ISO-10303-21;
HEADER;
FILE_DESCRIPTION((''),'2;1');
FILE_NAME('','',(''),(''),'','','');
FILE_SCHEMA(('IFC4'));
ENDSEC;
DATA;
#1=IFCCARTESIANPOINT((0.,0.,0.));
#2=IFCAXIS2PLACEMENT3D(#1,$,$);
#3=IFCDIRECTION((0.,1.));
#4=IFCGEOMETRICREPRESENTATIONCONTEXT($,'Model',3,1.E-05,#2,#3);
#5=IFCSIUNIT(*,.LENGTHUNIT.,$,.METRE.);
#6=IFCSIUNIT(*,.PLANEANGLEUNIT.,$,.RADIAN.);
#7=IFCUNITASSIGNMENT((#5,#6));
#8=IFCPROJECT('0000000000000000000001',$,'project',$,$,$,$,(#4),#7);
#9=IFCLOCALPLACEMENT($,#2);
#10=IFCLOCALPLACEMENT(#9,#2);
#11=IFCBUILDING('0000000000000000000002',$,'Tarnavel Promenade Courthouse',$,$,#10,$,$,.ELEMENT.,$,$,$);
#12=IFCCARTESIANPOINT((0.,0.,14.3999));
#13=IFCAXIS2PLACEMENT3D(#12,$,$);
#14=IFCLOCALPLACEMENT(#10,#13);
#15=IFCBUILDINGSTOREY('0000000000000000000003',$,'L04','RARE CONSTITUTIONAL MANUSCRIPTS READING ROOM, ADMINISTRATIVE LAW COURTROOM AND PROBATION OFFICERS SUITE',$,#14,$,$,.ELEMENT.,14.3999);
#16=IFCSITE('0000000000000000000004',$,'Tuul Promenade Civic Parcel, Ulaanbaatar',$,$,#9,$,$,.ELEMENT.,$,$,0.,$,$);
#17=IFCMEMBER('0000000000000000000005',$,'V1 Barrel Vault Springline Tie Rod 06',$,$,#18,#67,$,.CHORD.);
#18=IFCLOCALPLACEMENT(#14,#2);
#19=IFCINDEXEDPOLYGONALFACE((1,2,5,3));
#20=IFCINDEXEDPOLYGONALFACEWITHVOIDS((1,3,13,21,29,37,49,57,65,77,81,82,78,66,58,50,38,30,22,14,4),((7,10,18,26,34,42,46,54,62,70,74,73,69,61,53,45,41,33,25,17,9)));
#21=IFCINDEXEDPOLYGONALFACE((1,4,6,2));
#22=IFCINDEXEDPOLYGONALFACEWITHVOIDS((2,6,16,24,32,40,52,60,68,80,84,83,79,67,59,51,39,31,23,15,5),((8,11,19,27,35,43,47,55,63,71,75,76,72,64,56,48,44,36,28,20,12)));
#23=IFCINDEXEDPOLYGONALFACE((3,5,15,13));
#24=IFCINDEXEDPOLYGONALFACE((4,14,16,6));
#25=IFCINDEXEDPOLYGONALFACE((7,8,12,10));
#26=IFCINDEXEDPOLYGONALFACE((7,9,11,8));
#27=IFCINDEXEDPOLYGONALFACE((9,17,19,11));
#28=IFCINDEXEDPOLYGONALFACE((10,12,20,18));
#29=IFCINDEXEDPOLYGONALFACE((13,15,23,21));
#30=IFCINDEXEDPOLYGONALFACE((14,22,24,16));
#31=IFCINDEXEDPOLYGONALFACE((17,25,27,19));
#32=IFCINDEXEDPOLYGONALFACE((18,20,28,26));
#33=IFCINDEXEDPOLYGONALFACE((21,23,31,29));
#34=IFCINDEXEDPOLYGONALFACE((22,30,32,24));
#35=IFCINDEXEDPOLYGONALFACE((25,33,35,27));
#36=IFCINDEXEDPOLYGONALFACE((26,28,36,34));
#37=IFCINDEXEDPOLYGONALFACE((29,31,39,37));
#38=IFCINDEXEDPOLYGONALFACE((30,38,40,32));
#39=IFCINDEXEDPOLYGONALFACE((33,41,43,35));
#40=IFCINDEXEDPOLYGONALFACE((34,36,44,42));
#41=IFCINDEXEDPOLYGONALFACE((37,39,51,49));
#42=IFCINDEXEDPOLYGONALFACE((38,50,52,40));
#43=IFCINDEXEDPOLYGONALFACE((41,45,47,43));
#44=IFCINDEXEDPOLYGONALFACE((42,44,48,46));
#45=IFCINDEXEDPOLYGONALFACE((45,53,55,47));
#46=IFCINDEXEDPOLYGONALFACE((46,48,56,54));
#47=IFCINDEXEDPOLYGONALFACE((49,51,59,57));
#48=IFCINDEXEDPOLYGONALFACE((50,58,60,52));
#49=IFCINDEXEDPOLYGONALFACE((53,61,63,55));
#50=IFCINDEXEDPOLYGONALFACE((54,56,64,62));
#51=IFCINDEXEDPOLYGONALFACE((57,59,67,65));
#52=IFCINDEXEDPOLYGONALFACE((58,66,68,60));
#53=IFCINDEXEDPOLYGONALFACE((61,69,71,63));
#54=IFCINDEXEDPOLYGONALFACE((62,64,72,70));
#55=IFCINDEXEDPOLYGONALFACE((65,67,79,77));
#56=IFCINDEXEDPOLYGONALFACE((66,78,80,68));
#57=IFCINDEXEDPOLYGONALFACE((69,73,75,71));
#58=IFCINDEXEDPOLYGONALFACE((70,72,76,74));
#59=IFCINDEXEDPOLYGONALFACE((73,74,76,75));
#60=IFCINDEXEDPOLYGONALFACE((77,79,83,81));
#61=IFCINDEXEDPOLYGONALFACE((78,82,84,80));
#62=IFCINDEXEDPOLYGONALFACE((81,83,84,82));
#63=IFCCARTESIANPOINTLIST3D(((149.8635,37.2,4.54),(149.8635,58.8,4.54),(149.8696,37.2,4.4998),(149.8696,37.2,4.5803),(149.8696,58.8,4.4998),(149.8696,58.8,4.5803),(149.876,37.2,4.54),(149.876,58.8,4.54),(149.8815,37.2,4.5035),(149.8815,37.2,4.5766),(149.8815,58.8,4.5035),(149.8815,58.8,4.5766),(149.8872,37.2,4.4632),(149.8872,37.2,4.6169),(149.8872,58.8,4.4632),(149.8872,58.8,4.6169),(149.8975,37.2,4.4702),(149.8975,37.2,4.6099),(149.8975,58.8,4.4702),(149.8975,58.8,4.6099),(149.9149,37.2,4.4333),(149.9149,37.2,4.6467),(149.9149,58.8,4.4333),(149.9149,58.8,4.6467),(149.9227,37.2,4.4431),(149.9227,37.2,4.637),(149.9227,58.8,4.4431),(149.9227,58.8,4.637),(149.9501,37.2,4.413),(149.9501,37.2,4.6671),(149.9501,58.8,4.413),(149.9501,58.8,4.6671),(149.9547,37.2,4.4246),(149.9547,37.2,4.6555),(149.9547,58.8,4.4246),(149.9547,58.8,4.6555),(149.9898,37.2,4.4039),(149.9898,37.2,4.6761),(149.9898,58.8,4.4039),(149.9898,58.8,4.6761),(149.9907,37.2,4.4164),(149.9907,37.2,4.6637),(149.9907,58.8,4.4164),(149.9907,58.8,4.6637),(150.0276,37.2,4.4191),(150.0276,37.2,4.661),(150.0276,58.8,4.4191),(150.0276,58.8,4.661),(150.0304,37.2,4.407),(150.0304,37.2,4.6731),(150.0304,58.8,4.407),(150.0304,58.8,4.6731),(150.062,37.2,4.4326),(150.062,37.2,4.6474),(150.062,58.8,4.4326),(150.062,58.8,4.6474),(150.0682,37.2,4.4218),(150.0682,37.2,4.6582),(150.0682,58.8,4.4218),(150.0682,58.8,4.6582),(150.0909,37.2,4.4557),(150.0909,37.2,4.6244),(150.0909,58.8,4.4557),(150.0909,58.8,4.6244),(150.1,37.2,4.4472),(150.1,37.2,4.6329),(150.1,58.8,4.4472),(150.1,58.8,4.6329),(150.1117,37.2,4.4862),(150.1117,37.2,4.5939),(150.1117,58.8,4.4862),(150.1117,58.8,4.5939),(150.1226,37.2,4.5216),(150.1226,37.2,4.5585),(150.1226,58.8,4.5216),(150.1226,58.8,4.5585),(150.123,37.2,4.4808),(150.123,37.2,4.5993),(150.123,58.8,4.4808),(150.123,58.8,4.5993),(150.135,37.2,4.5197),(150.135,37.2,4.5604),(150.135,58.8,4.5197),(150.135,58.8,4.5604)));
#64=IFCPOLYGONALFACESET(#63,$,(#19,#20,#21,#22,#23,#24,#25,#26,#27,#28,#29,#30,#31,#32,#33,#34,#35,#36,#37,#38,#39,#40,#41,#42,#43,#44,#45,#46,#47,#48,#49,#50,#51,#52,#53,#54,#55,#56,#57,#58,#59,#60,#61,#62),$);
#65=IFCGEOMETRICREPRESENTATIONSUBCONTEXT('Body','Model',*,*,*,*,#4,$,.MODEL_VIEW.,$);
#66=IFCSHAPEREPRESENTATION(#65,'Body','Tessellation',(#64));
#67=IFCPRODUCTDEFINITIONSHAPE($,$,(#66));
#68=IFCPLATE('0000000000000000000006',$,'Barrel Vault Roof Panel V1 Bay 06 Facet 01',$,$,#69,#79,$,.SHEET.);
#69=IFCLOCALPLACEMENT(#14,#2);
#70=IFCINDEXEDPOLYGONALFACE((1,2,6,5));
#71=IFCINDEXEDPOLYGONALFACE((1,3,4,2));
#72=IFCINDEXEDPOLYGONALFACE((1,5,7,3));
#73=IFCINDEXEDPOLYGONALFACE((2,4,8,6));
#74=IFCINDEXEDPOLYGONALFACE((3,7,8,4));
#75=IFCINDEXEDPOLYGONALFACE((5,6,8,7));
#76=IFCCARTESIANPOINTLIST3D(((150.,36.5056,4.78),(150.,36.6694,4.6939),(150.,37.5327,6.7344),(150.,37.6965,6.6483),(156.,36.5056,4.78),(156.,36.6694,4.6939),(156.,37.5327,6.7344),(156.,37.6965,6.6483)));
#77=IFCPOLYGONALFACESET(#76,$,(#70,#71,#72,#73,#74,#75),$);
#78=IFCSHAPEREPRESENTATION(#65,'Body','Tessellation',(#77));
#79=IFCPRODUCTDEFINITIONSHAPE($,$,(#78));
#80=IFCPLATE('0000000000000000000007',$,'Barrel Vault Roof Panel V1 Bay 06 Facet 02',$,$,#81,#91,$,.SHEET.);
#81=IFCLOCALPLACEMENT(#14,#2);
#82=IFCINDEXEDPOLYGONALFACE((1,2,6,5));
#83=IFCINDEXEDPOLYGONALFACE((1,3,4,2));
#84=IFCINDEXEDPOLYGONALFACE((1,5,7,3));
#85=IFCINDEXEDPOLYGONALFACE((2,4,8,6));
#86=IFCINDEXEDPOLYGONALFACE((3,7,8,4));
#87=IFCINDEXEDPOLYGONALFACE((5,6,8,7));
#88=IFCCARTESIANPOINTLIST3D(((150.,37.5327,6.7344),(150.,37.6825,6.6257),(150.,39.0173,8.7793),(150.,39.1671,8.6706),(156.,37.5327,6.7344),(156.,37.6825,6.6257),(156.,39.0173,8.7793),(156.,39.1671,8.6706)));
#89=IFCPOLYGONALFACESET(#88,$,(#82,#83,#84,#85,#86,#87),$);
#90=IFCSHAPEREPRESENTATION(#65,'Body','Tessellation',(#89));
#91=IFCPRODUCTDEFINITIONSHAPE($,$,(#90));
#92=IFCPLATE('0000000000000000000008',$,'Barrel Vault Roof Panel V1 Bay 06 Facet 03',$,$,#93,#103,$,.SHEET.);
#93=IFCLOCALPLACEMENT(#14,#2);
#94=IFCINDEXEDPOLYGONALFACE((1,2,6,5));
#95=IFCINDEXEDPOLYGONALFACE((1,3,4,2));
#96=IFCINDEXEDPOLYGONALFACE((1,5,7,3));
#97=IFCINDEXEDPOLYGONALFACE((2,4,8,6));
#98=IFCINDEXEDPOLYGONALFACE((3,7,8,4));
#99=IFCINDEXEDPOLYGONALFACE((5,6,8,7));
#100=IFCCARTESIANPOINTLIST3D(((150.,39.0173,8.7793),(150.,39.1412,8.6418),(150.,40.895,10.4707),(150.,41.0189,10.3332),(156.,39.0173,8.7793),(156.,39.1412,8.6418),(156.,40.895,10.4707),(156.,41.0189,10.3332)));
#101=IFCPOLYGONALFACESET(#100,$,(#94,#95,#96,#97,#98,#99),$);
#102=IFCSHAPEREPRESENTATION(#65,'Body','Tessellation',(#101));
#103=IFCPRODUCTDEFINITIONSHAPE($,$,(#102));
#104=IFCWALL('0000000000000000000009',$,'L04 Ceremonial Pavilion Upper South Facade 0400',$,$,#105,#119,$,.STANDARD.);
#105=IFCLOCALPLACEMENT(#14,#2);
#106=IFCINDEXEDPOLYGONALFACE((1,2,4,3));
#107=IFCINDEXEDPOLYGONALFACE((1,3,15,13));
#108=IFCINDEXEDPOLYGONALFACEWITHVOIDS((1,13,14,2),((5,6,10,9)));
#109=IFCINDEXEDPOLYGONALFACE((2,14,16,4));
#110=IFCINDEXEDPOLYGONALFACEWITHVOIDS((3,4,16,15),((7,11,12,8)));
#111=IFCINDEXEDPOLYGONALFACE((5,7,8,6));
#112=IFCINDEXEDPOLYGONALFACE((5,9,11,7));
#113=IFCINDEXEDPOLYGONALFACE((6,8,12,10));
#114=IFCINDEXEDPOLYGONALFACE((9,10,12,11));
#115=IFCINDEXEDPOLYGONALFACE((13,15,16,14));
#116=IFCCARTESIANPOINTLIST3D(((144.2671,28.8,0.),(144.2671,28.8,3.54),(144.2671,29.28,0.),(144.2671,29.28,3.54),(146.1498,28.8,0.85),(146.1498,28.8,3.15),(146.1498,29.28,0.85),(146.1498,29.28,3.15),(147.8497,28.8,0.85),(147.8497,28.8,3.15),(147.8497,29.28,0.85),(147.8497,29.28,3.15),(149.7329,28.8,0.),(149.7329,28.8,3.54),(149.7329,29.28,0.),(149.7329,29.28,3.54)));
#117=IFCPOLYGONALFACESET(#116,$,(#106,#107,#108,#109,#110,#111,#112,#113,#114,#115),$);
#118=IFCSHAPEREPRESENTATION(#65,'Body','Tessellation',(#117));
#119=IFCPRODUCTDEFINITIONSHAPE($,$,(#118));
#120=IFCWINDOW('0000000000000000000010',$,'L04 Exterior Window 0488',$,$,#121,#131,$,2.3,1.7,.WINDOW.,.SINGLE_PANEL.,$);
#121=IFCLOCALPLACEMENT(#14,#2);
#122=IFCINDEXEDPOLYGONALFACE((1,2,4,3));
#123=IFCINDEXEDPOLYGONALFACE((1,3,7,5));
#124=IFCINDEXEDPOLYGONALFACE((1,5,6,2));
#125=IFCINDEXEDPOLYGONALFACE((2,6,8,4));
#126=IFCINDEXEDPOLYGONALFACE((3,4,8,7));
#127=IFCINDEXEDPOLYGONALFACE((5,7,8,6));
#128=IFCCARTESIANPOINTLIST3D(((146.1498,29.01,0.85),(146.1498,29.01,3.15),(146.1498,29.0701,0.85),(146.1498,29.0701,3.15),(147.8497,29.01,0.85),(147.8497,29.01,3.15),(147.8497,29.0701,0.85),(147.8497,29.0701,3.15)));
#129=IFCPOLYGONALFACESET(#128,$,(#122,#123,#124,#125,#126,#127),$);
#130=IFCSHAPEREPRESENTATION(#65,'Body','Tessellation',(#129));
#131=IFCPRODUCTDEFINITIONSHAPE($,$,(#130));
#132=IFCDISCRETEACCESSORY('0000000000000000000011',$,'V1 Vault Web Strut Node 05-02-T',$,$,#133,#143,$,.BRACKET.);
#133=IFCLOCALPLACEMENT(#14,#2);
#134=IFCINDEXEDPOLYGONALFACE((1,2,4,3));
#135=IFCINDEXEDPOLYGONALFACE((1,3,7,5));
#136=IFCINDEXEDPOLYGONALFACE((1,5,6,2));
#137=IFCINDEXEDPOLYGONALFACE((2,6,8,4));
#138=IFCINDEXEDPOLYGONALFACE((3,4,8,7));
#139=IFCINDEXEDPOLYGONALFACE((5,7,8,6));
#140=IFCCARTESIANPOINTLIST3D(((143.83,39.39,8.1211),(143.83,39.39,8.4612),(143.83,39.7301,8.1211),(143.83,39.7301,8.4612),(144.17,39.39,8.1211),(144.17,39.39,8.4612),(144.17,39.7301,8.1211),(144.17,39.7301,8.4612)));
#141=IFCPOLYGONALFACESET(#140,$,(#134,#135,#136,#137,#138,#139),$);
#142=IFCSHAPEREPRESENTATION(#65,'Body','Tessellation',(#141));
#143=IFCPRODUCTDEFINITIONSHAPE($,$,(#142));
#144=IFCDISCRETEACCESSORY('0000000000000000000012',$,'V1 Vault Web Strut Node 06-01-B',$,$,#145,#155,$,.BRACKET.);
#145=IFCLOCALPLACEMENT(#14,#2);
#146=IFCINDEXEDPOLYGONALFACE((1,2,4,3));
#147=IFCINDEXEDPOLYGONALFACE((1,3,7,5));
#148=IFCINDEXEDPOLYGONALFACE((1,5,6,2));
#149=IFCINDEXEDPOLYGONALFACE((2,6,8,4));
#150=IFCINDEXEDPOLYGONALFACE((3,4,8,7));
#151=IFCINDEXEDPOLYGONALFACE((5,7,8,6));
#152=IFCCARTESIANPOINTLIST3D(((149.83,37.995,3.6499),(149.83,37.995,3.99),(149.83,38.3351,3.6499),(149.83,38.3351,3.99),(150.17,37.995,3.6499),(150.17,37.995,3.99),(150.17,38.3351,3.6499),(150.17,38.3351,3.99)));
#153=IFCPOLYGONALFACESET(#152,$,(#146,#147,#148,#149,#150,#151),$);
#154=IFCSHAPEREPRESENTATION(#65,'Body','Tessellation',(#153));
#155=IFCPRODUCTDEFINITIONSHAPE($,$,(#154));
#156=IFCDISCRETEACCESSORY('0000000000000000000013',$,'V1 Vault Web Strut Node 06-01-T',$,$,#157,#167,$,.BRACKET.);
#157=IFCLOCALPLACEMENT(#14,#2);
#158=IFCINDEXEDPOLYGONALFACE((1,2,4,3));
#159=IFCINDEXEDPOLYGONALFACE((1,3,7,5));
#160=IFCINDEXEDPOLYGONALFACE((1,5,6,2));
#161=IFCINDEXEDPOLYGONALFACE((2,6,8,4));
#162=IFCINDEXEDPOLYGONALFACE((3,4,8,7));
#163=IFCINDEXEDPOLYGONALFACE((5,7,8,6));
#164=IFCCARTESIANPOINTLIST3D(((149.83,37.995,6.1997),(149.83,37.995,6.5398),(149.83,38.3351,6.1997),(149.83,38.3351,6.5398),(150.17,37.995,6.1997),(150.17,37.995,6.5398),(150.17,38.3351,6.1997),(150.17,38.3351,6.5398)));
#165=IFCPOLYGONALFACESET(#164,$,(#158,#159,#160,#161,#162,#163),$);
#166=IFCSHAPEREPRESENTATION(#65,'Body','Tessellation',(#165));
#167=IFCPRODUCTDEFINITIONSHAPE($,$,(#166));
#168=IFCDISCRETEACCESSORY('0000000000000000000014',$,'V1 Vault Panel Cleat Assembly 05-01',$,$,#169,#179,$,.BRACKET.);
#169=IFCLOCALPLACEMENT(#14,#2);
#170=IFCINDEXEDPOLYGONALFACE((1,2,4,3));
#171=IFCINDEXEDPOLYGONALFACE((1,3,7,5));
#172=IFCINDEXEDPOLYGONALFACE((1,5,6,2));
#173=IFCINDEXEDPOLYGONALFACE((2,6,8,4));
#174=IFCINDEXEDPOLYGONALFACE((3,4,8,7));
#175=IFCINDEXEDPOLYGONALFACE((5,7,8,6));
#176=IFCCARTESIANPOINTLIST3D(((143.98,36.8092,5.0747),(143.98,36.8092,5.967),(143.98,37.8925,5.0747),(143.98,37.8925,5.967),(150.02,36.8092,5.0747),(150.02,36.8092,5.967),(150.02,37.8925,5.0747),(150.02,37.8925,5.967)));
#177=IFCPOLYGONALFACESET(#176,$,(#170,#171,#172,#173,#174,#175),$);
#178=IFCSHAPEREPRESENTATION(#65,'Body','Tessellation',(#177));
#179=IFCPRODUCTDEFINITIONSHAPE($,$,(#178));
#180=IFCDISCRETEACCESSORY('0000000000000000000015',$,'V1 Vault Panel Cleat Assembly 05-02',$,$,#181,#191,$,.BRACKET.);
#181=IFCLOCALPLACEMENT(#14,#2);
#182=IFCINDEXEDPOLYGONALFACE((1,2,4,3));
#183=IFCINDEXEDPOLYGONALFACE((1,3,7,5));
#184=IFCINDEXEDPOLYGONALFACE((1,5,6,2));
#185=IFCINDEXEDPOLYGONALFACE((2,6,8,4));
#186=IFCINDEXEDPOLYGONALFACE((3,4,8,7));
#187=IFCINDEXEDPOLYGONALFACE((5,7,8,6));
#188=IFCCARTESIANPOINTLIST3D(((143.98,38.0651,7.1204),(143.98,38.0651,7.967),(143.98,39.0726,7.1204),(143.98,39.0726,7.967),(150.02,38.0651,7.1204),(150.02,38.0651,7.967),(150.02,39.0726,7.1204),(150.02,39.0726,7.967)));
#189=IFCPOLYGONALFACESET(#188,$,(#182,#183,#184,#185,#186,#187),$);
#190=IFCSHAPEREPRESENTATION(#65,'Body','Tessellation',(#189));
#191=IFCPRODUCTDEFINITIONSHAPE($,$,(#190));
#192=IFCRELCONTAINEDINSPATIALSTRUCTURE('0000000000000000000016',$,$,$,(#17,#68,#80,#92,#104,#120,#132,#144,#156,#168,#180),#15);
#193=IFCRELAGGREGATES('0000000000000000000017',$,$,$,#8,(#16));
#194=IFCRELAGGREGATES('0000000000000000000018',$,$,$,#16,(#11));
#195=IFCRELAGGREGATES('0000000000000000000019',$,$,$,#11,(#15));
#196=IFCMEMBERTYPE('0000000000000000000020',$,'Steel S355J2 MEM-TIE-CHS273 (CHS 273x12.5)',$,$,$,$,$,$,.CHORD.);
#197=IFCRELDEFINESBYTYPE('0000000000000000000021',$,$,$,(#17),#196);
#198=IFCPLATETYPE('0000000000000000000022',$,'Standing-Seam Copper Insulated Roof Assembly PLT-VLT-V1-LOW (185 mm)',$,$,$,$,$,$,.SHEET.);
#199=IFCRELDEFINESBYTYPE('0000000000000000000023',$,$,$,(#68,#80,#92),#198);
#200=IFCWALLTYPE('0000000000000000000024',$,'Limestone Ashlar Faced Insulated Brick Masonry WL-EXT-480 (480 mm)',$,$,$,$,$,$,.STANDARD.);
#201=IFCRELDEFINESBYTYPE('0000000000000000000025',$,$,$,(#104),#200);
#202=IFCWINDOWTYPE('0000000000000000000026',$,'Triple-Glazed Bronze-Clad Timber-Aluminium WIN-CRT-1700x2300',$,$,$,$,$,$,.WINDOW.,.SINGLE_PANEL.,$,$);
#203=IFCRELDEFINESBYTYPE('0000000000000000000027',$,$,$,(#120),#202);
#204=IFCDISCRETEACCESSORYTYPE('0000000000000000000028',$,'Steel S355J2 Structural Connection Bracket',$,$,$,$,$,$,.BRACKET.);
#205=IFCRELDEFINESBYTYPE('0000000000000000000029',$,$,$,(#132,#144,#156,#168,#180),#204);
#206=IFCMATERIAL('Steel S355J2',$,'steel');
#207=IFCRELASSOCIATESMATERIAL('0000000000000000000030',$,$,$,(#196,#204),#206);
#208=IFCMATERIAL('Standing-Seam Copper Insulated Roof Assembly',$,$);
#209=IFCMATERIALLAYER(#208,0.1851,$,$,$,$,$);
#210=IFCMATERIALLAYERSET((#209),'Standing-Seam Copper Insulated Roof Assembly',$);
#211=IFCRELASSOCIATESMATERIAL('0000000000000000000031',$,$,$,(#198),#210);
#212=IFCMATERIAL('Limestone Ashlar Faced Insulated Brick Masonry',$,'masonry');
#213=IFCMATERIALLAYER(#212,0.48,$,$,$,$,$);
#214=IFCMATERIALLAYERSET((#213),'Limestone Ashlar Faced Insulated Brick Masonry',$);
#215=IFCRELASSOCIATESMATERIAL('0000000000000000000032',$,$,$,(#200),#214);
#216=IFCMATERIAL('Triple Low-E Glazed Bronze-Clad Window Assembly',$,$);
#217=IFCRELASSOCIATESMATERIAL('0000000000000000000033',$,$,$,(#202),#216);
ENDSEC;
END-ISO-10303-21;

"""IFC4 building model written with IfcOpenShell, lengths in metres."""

from ifc_helpers import new_model, si_unit, direction, frame, frame_2d, origin, origin_2d, place, context, subcontext, project, spatial, polyline, rectangle, hollow_circle, outline, extrude, material, layer, layer_set, material_profile, profile_set, type_object, element, fill, save


model = new_model("IFC4")

# Units and contexts
model_context = context("Model", 3, precision=1e-05, world=origin(), true_north=direction((0.0, 1.0)))
body_context = subcontext(model_context, "Body", "Model", "MODEL_VIEW")
ifc_project = project(units=[si_unit("LENGTHUNIT", "METRE"), si_unit("PLANEANGLEUNIT", "RADIAN")], contexts=[model_context])

# Site, building, storey
site_placement = place(None, origin())
site = spatial("IfcSite", under=ifc_project, at=site_placement, Name="Tuul Promenade Civic Parcel, Ulaanbaatar", CompositionType="ELEMENT", RefElevation=0.0)
building_placement = place(site_placement, origin())
building = spatial("IfcBuilding", under=site, at=building_placement, Name="Tarnavel Promenade Courthouse", CompositionType="ELEMENT")
storey_placement = place(building_placement, frame((0.0, 0.0, 14.3999)))
storey = spatial("IfcBuildingStorey", under=building, at=storey_placement, Name="L04", Description="RARE CONSTITUTIONAL MANUSCRIPTS READING ROOM, ADMINISTRATIVE LAW COURTROOM AND PROBATION OFFICERS SUITE", CompositionType="ELEMENT", Elevation=14.3999)

# Shared definitions
ifc_material_1 = material(Name="Steel S355J2", Category="steel")

# Member
ifc_material_profile_1 = material_profile(ifc_material_1, hollow_circle(Radius=0.1365, WallThickness=0.0125, at=origin_2d()), Name="CHS 273x12.5")
ifc_profile_set_1 = profile_set([ifc_material_profile_1], Name="Steel S355J2")
member_type_1 = type_object("IfcMemberType", Name="Steel S355J2 MEM-TIE-CHS273 (CHS 273x12.5)", PredefinedType="CHORD", material=ifc_profile_set_1)
member_1_placement = place(storey_placement, frame((150.0, 37.2, 4.54), z_axis=(0.0, 1.0, 0.0), x_axis=(-1.0, 0.0, 0.0)))
element("IfcMember", 1, at=member_1_placement, inside=storey, type_object=member_type_1, Name="V1 Barrel Vault Springline Tie Rod 06", PredefinedType="CHORD", context=body_context, shape_type="SweptSolid", body=[
    extrude(hollow_circle(Radius=0.1365, WallThickness=0.0125, at=origin_2d()), origin(), (0.0, 0.0, 1.0), 21.6001),
])

# Plates
ifc_material_2 = material(Name="Standing-Seam Copper Insulated Roof Assembly")
ifc_layer_1 = layer(ifc_material_2, 0.1851)
ifc_layer_set_1 = layer_set([ifc_layer_1], Name="Standing-Seam Copper Insulated Roof Assembly")
plate_type = type_object("IfcPlateType", Name="Standing-Seam Copper Insulated Roof Assembly PLT-VLT-V1-LOW (185 mm)", PredefinedType="SHEET", material=ifc_layer_set_1)
plate_1_placement = place(storey_placement, frame((150.0, 36.5056, 4.78), z_axis=(0.0, -0.885199, 0.465213), x_axis=(1.0, 0.0, 0.0)))
element("IfcPlate", 2, at=plate_1_placement, inside=storey, type_object=plate_type, Name="Barrel Vault Roof Panel V1 Bay 06 Facet 01", PredefinedType="SHEET", context=body_context, shape_type="SweptSolid", body=[
    extrude(outline(polyline([(0.0, 0.0), (6.0, 0.0), (6.0, 2.2078), (0.0, 2.2078), (0.0, 0.0)])), origin(), (0.0, 0.0, -1.0), 0.1851),
])
plate_2_placement = place(storey_placement, frame((150.0, 37.5327, 6.7344), z_axis=(0.0, -0.809225, 0.587499), x_axis=(1.0, 0.0, 0.0)))
element("IfcPlate", 3, at=plate_2_placement, inside=storey, type_object=plate_type, Name="Barrel Vault Roof Panel V1 Bay 06 Facet 02", PredefinedType="SHEET", context=body_context, shape_type="SweptSolid", body=[
    extrude(outline(polyline([(0.0, 0.0), (6.0, 0.0), (6.0, 2.527), (0.0, 2.527), (0.0, 0.0)])), origin(), (0.0, 0.0, -1.0), 0.1851),
])
plate_3_placement = place(storey_placement, frame((150.0, 39.0173, 8.7793), z_axis=(0.0, -0.66929, 0.743001), x_axis=(1.0, 0.0, 0.0)))
element("IfcPlate", 4, at=plate_3_placement, inside=storey, type_object=plate_type, Name="Barrel Vault Roof Panel V1 Bay 06 Facet 03", PredefinedType="SHEET", context=body_context, shape_type="SweptSolid", body=[
    extrude(outline(polyline([(0.0, 0.0), (6.0, 0.0), (6.0, 2.5272), (0.0, 2.5272), (0.0, 0.0)])), origin(), (0.0, 0.0, -1.0), 0.1851),
])

# Wall, opening, window
ifc_material_3 = material(Name="Limestone Ashlar Faced Insulated Brick Masonry", Category="masonry")
ifc_layer_2 = layer(ifc_material_3, 0.48)
ifc_layer_set_2 = layer_set([ifc_layer_2], Name="Limestone Ashlar Faced Insulated Brick Masonry")
wall_type = type_object("IfcWallType", Name="Limestone Ashlar Faced Insulated Brick Masonry WL-EXT-480 (480 mm)", PredefinedType="STANDARD", material=ifc_layer_set_2)
wall_placement = place(storey_placement, frame((149.7329, 29.04, 0.0), z_axis=(0.0, 0.0, 1.0), x_axis=(-1.0, 0.0, 0.0)))
wall = element("IfcWall", 5, at=wall_placement, inside=storey, type_object=wall_type, Name="L04 Ceremonial Pavilion Upper South Facade 0400", PredefinedType="STANDARD", context=body_context, shape_type="SweptSolid", body=[
    extrude(rectangle(XDim=5.4658, YDim=0.48, at=frame_2d((2.7329, 0.0))), origin(), (0.0, 0.0, 1.0), 3.54),
])
opening_placement = place(wall_placement, frame((1.8831, 0.0, 0.8501)))
opening = element("IfcOpeningElement", 6, at=opening_placement, cuts=wall, PredefinedType="OPENING", context=body_context, shape_type="SweptSolid", body=[
    extrude(rectangle(XDim=1.7, YDim=2.3, at=frame_2d((0.8501, 1.1499))), frame((0.0, 0.25, 0.0), z_axis=(0.0, -1.0, 0.0), x_axis=(1.0, 0.0, 0.0)), (0.0, 0.0, 1.0), 0.5),
])
ifc_material_4 = material(Name="Triple Low-E Glazed Bronze-Clad Window Assembly")
window_type = type_object("IfcWindowType", Name="Triple-Glazed Bronze-Clad Timber-Aluminium WIN-CRT-1700x2300", PartitioningType="SINGLE_PANEL", PredefinedType="WINDOW", material=ifc_material_4)
window_placement = place(opening_placement, origin())
window = element("IfcWindow", 7, at=window_placement, inside=storey, type_object=window_type, Name="L04 Exterior Window 0488", OverallHeight=2.3, OverallWidth=1.7, PartitioningType="SINGLE_PANEL", PredefinedType="WINDOW", context=body_context, shape_type="SweptSolid", body=[
    extrude(rectangle(XDim=1.7, YDim=2.3, at=frame_2d((0.8501, 1.1499))), frame((0.0, 0.03, 0.0), z_axis=(0.0, -1.0, 0.0), x_axis=(1.0, 0.0, 0.0)), (0.0, 0.0, 1.0), 0.0601),
])
fill(opening, window)

# Discrete accessories
discrete_accessory_type = type_object("IfcDiscreteAccessoryType", Name="Steel S355J2 Structural Connection Bracket", PredefinedType="BRACKET", material=ifc_material_1)
for number, where, z_axis, x_axis, name in (
    (8, (144.0, 39.5601, 8.1211), (0.0, 0.0, 1.0), (1.0, 0.0, 0.0), "V1 Vault Web Strut Node 05-02-T"),
    (9, (150.0, 38.165, 3.6499), (0.0, 0.0, 1.0), (1.0, 0.0, 0.0), "V1 Vault Web Strut Node 06-01-B"),
    (10, (150.0, 38.165, 6.1997), (0.0, 0.0, 1.0), (1.0, 0.0, 0.0), "V1 Vault Web Strut Node 06-01-T"),
):
    element("IfcDiscreteAccessory", number, at=place(storey_placement, frame(where, z_axis=z_axis, x_axis=x_axis)), inside=storey, type_object=discrete_accessory_type, Name=name, PredefinedType="BRACKET", context=body_context, shape_type="SweptSolid", body=[
        extrude(rectangle(XDim=0.3401, YDim=0.3401, at=origin_2d()), origin(), (0.0, 0.0, 1.0), 0.3401),
    ])
discrete_accessory_1_placement = place(storey_placement, frame((147.0, 37.3508, 5.0747), z_axis=(0.0, 0.0, 1.0), x_axis=(1.0, 0.0, 0.0)))
element("IfcDiscreteAccessory", 11, at=discrete_accessory_1_placement, inside=storey, type_object=discrete_accessory_type, Name="V1 Vault Panel Cleat Assembly 05-01", PredefinedType="BRACKET", context=body_context, shape_type="SweptSolid", body=[
    extrude(rectangle(XDim=6.04, YDim=1.0833, at=origin_2d()), origin(), (0.0, 0.0, 1.0), 0.8923),
])
discrete_accessory_2_placement = place(storey_placement, frame((147.0, 38.5688, 7.1204), z_axis=(0.0, 0.0, 1.0), x_axis=(1.0, 0.0, 0.0)))
element("IfcDiscreteAccessory", 12, at=discrete_accessory_2_placement, inside=storey, type_object=discrete_accessory_type, Name="V1 Vault Panel Cleat Assembly 05-02", PredefinedType="BRACKET", context=body_context, shape_type="SweptSolid", body=[
    extrude(rectangle(XDim=6.04, YDim=1.0076, at=origin_2d()), origin(), (0.0, 0.0, 1.0), 0.8467),
])

save(model, "model.ifc")
